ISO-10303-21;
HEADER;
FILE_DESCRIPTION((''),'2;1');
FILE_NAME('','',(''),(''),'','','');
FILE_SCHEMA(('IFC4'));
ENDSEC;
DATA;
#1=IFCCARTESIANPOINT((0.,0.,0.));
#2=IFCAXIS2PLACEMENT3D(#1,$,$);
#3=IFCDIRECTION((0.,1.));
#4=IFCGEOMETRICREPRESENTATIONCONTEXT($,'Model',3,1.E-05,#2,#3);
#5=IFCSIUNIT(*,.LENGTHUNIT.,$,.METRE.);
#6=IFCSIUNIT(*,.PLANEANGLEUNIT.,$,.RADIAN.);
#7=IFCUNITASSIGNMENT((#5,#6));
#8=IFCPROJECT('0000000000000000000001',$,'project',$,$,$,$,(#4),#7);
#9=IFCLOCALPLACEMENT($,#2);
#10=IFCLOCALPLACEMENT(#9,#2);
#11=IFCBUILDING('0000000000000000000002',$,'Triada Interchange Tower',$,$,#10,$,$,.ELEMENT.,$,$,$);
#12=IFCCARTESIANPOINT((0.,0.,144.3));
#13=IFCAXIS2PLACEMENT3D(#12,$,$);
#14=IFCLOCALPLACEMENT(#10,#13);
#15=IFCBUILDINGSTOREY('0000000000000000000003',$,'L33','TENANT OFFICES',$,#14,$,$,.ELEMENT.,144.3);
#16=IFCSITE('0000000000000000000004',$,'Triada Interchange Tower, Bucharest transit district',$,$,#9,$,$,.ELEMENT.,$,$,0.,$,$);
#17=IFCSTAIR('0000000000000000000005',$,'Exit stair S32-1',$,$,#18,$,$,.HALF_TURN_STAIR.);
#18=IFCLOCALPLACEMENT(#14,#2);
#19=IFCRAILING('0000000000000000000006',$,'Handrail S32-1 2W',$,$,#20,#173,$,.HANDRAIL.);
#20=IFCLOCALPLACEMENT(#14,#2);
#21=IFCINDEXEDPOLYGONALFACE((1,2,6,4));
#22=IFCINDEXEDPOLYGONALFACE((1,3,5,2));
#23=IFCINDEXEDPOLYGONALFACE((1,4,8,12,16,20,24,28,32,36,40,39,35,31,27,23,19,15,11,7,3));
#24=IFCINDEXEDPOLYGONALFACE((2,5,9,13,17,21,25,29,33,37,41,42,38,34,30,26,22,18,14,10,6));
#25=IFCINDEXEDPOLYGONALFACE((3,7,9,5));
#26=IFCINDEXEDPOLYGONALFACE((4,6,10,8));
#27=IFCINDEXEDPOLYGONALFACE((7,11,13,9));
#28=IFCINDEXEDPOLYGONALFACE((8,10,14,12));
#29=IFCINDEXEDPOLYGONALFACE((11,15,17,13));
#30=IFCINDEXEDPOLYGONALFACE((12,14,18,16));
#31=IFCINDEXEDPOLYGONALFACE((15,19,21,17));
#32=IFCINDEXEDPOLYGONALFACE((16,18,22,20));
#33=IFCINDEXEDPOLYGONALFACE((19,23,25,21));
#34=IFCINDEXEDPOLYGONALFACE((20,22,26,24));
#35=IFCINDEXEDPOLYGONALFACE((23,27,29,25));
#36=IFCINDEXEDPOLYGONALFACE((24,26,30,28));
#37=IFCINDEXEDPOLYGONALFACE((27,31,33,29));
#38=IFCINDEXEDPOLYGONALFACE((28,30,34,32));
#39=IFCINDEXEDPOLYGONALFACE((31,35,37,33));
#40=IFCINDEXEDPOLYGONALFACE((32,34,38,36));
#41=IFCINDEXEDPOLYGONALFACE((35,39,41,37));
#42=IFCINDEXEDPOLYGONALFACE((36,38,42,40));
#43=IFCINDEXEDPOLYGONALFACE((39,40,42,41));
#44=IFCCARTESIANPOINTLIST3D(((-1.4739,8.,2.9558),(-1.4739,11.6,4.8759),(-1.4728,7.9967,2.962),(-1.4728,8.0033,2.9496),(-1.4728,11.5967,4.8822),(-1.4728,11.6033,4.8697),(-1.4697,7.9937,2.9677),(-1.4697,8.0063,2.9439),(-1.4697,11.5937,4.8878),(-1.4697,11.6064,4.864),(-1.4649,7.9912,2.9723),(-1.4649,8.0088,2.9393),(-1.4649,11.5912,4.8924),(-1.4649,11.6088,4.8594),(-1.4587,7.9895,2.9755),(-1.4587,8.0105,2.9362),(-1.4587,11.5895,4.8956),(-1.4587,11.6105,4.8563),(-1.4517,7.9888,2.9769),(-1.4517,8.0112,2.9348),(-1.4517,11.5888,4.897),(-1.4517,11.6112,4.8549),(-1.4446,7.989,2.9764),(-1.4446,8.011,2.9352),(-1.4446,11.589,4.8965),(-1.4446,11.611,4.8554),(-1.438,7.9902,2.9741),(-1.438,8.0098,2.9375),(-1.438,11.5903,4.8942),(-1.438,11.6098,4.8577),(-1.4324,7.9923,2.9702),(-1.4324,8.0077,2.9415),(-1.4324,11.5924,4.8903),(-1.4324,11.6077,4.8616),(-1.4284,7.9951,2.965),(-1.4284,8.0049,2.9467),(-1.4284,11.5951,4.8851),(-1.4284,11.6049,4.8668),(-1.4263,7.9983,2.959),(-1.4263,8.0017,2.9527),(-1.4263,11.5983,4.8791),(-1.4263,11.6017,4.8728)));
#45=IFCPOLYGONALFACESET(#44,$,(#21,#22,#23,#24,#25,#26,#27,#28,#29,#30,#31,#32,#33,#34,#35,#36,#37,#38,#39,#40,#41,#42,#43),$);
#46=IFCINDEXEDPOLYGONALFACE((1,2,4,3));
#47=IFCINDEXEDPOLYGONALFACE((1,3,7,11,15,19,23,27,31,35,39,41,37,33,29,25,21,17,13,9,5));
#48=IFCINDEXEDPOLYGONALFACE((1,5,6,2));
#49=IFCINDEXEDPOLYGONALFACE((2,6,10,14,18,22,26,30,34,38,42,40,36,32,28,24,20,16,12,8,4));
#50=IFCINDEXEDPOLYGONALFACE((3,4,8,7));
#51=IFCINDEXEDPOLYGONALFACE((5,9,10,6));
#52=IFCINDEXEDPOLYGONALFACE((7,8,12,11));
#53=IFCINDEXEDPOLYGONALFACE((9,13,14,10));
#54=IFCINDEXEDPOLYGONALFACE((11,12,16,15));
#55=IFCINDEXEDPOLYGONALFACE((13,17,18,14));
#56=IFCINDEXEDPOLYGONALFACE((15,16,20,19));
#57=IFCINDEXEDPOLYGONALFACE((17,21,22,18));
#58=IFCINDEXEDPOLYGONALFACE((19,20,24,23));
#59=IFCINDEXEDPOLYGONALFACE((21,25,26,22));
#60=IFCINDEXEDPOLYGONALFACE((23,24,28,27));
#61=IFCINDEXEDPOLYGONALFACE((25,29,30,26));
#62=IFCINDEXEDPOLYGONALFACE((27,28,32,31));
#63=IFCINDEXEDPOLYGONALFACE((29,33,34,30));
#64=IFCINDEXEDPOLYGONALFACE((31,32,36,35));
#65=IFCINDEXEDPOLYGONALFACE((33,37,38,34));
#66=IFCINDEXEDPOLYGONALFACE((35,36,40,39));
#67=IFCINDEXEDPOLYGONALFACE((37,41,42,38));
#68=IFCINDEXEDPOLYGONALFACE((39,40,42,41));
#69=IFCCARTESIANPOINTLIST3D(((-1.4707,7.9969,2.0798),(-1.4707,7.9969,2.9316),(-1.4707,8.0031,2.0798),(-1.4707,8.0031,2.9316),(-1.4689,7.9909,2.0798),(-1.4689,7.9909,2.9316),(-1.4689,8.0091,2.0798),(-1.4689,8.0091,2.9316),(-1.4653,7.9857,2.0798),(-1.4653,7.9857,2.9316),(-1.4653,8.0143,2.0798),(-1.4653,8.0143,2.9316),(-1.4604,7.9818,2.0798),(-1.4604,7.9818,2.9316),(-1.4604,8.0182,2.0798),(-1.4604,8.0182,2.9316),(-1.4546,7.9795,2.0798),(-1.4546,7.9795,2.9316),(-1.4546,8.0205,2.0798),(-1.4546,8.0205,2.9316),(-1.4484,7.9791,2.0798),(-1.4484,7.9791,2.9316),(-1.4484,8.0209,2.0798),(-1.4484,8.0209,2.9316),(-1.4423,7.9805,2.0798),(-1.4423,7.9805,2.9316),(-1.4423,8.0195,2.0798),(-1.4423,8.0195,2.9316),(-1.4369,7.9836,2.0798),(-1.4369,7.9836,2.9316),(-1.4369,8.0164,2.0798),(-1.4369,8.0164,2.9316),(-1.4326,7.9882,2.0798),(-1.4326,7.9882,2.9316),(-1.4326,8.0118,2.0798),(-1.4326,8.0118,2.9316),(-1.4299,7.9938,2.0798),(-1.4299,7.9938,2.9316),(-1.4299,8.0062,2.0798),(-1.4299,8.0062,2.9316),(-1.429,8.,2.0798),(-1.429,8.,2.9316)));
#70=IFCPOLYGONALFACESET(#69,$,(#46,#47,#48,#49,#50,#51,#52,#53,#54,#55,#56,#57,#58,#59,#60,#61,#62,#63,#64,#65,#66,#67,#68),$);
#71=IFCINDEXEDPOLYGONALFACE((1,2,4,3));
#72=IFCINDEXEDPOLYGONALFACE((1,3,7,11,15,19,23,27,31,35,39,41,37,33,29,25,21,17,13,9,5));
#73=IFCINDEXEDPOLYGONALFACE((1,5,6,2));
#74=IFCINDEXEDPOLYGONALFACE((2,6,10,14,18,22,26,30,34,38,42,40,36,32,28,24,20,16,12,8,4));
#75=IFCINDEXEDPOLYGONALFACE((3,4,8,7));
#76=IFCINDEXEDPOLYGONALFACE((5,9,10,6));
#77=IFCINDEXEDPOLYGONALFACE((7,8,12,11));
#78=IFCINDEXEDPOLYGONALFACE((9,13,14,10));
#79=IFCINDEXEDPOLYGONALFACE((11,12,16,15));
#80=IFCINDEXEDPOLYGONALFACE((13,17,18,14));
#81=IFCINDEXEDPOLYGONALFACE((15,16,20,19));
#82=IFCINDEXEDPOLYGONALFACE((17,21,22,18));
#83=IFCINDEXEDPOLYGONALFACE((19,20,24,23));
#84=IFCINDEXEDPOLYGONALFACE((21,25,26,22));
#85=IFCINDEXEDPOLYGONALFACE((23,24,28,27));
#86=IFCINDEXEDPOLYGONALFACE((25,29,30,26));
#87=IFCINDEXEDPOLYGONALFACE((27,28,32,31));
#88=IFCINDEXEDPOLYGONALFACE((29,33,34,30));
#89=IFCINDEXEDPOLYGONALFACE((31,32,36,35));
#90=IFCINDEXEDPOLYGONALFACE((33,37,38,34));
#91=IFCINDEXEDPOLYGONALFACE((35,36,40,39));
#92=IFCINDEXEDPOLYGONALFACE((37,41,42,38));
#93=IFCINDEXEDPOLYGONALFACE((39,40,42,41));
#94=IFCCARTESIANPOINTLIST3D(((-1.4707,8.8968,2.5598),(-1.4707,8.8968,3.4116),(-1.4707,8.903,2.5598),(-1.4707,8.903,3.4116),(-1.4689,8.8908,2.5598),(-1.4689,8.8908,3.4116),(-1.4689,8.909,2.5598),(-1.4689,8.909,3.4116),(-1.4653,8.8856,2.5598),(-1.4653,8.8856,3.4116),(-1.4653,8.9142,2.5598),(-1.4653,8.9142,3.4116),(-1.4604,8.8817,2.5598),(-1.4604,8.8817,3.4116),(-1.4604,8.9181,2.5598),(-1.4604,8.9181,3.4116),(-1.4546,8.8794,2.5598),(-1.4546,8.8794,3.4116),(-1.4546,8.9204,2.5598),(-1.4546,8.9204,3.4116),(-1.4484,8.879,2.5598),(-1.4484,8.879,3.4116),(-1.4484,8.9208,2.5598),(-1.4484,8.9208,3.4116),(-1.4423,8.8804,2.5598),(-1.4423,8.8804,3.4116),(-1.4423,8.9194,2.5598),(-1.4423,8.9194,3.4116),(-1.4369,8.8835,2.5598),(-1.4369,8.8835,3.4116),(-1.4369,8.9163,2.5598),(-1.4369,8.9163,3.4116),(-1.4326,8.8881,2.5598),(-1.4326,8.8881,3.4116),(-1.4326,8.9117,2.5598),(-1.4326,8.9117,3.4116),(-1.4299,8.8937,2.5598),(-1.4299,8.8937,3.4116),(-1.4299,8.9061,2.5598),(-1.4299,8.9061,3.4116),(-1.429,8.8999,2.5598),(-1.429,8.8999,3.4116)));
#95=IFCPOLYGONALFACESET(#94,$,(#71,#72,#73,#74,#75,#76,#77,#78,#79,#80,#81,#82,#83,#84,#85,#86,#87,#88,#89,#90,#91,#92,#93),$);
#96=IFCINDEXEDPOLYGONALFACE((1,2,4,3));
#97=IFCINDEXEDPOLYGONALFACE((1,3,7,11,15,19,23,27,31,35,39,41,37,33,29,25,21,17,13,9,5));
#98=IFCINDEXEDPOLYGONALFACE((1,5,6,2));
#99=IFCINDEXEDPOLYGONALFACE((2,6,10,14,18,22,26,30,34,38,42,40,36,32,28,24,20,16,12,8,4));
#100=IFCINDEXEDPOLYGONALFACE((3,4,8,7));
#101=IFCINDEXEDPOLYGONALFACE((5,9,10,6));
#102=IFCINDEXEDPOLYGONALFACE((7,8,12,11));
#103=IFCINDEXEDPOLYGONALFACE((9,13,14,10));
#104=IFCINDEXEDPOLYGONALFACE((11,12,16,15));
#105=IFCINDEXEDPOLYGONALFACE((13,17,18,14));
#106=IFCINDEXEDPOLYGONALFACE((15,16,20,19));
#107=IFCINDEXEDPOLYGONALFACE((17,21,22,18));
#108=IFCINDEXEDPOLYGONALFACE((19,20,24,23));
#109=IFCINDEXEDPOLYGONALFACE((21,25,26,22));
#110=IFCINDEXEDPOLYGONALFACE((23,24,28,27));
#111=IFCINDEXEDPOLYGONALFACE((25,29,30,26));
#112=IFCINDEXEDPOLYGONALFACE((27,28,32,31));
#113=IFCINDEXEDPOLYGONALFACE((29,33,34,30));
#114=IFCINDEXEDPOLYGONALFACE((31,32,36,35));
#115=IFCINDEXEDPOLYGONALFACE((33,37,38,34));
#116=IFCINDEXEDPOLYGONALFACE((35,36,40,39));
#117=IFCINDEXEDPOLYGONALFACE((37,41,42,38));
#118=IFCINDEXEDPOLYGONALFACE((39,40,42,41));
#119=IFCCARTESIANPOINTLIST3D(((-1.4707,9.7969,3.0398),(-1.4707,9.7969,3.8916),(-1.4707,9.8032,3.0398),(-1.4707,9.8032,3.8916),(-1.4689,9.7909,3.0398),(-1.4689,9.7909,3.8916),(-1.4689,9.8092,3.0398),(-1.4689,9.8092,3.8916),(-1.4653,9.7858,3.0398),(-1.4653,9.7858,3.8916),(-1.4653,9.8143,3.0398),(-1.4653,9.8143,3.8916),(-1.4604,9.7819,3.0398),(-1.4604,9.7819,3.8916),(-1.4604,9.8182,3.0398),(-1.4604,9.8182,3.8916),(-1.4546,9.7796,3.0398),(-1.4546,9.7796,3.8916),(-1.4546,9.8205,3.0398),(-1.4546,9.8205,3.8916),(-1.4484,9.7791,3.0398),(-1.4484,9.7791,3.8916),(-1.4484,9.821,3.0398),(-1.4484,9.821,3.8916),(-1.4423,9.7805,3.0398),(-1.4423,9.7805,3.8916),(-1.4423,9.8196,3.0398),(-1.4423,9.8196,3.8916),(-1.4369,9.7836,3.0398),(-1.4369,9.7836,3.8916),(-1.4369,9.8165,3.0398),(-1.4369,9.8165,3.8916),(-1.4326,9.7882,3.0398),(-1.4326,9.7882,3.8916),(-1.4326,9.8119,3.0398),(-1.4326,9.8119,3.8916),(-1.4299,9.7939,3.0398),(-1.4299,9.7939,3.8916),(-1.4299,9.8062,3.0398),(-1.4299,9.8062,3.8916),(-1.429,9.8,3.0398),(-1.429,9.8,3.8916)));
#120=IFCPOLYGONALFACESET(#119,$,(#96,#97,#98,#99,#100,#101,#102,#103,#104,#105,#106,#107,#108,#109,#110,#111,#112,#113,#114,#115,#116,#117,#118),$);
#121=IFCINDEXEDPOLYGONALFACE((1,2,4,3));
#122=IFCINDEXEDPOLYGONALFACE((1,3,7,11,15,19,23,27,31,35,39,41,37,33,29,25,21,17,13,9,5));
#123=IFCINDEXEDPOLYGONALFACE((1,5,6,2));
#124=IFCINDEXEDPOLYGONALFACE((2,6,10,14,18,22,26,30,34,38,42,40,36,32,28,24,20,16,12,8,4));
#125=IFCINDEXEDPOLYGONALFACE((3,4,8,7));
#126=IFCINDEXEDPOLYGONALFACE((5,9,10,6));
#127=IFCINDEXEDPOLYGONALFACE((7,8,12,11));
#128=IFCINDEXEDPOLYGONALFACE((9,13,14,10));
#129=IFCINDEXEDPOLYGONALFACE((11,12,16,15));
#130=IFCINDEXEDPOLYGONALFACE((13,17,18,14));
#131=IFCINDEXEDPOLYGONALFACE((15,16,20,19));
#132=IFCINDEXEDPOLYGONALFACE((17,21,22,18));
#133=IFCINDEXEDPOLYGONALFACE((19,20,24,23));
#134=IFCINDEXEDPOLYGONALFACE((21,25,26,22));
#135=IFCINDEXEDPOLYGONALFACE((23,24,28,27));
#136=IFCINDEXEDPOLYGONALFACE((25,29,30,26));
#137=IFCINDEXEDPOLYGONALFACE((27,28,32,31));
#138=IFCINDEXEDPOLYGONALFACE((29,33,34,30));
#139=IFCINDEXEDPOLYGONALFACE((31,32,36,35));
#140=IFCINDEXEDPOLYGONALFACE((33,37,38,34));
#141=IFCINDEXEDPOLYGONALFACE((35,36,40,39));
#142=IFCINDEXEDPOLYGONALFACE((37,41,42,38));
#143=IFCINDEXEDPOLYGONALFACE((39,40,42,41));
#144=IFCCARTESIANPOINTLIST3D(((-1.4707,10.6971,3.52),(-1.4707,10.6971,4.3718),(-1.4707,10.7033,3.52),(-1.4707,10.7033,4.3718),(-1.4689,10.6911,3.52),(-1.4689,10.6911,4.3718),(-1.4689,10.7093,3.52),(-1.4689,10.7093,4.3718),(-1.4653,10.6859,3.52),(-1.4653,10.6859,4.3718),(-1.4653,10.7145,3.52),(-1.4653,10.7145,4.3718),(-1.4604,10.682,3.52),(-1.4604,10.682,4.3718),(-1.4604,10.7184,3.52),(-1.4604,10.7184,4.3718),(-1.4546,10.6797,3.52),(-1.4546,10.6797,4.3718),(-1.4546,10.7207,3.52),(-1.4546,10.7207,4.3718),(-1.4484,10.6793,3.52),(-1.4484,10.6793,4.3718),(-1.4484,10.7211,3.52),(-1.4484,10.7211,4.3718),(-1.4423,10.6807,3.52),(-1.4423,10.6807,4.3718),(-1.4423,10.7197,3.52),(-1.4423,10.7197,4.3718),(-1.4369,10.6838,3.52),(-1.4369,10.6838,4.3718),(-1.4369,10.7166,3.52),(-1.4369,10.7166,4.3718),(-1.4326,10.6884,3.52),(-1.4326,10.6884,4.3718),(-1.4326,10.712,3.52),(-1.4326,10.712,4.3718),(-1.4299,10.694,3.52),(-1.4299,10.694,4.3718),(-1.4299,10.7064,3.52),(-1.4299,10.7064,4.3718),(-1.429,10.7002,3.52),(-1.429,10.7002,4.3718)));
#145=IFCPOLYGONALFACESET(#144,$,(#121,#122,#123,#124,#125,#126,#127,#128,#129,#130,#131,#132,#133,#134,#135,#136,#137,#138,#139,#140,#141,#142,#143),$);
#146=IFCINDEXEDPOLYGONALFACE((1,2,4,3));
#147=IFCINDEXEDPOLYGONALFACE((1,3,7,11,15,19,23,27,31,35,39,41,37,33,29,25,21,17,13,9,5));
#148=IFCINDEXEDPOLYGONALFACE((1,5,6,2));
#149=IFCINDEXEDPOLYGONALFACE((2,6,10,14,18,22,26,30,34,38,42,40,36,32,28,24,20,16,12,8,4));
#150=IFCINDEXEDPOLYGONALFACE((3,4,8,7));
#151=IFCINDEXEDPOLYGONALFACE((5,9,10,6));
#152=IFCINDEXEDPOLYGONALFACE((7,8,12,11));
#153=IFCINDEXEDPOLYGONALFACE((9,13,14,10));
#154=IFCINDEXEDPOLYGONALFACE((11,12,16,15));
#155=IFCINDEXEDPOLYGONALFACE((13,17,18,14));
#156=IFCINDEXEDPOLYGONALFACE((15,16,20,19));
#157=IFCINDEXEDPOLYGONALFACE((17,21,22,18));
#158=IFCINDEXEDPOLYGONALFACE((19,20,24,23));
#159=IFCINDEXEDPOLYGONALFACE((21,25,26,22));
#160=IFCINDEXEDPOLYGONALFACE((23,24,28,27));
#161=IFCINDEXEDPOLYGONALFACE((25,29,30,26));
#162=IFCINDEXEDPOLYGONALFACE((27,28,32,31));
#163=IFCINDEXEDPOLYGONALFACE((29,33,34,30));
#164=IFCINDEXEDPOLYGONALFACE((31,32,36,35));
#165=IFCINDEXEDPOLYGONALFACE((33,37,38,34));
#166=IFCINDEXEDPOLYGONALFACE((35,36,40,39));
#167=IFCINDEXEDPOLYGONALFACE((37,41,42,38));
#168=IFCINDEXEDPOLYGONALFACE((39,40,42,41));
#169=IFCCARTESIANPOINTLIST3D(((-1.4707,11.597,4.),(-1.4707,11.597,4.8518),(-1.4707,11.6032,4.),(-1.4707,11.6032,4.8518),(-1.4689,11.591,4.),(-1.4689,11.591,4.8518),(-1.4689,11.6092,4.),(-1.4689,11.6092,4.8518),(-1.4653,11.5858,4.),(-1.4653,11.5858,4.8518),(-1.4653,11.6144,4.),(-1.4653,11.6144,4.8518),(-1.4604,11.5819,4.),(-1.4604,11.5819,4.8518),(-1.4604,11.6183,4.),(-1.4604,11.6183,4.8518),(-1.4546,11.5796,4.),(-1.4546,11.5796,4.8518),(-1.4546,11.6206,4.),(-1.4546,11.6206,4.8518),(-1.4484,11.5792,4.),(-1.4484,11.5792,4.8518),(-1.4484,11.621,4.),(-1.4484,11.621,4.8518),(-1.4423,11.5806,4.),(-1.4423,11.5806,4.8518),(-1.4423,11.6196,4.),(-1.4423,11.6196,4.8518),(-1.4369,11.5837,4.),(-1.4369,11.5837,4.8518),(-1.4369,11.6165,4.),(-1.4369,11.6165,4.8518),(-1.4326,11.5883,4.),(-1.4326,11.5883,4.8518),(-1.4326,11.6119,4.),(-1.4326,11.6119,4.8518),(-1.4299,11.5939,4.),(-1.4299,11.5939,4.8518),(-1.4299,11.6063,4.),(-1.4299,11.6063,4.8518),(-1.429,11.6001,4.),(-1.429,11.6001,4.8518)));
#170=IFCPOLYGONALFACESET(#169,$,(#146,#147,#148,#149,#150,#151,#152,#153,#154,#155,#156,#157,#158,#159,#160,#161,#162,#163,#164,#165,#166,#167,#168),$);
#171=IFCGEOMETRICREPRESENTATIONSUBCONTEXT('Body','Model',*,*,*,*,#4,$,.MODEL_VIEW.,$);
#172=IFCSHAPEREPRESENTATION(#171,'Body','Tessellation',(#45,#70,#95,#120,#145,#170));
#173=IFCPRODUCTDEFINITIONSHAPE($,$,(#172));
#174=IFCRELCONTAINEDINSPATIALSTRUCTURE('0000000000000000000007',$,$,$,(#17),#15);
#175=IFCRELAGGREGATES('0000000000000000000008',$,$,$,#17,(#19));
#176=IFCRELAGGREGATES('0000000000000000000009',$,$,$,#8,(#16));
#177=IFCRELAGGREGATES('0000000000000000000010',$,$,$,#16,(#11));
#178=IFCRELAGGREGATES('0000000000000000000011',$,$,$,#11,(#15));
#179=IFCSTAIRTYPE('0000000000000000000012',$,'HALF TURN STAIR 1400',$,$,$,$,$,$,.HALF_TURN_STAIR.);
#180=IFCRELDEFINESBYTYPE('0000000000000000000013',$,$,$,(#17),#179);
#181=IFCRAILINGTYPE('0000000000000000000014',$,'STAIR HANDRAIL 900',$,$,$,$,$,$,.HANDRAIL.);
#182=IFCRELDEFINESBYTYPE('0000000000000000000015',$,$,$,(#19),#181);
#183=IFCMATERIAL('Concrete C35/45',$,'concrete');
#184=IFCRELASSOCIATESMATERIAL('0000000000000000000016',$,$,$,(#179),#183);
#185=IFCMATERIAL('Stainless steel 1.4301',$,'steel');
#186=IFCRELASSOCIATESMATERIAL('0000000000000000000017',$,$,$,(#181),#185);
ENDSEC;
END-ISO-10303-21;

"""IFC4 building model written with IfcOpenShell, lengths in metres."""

from ifc_helpers import new_model, si_unit, direction, frame, origin, origin_2d, place, context, subcontext, project, spatial, circle, extrude, material, type_object, element, aggregate, save


model = new_model("IFC4")

# Units and contexts
model_context = context("Model", 3, precision=1e-05, world=origin(), true_north=direction((0.0, 1.0)))
body_context = subcontext(model_context, "Body", "Model", "MODEL_VIEW")
ifc_project = project(units=[si_unit("LENGTHUNIT", "METRE"), si_unit("PLANEANGLEUNIT", "RADIAN")], contexts=[model_context])

# Site, building, storey
site_placement = place(None, origin())
site = spatial("IfcSite", under=ifc_project, at=site_placement, Name="Triada Interchange Tower, Bucharest transit district", CompositionType="ELEMENT", RefElevation=0.0)
building_placement = place(site_placement, origin())
building = spatial("IfcBuilding", under=site, at=building_placement, Name="Triada Interchange Tower", CompositionType="ELEMENT")
storey_placement = place(building_placement, frame((0.0, 0.0, 144.3)))
storey = spatial("IfcBuildingStorey", under=building, at=storey_placement, Name="L33", Description="TENANT OFFICES", CompositionType="ELEMENT", Elevation=144.3)

# Stair, railing
ifc_material_1 = material(Name="Concrete C35/45", Category="concrete")
stair_type = type_object("IfcStairType", Name="HALF TURN STAIR 1400", PredefinedType="HALF_TURN_STAIR", material=ifc_material_1)
stair_placement = place(storey_placement, origin())
stair = element("IfcStair", 1, at=stair_placement, inside=storey, type_object=stair_type, Name="Exit stair S32-1", PredefinedType="HALF_TURN_STAIR")
ifc_material_2 = material(Name="Stainless steel 1.4301", Category="steel")
railing_type = type_object("IfcRailingType", Name="STAIR HANDRAIL 900", PredefinedType="HANDRAIL", material=ifc_material_2)
railing_1_placement = place(storey_placement, frame((-1.45, 8.0, 2.0798)))
railing_1 = element("IfcRailing", 2, at=railing_1_placement, type_object=railing_type, Name="Handrail S32-1 2W", PredefinedType="HANDRAIL", context=body_context, shape_type="SweptSolid", body=[
    extrude(circle(Radius=0.0239, at=origin_2d()), frame((0.0, 0.0, 0.876), z_axis=(0.0, 0.882341, 0.47061), x_axis=(-1.0, 0.0, 0.0)), (0.0, 0.0, 1.0), 4.0801),
    extrude(circle(Radius=0.021, at=origin_2d()), origin(), (0.0, 0.0, 1.0), 0.8518),
    extrude(circle(Radius=0.021, at=origin_2d()), frame((0.0, 0.8999, 0.48)), (0.0, 0.0, 1.0), 0.8518),
    extrude(circle(Radius=0.021, at=origin_2d()), frame((0.0, 1.8, 0.96)), (0.0, 0.0, 1.0), 0.8518),
    extrude(circle(Radius=0.021, at=origin_2d()), frame((0.0, 2.7002, 1.4402)), (0.0, 0.0, 1.0), 0.8518),
    extrude(circle(Radius=0.021, at=origin_2d()), frame((0.0, 3.6001, 1.9202)), (0.0, 0.0, 1.0), 0.8518),
])
aggregate(stair, [railing_1])

save(model, "model.ifc")
